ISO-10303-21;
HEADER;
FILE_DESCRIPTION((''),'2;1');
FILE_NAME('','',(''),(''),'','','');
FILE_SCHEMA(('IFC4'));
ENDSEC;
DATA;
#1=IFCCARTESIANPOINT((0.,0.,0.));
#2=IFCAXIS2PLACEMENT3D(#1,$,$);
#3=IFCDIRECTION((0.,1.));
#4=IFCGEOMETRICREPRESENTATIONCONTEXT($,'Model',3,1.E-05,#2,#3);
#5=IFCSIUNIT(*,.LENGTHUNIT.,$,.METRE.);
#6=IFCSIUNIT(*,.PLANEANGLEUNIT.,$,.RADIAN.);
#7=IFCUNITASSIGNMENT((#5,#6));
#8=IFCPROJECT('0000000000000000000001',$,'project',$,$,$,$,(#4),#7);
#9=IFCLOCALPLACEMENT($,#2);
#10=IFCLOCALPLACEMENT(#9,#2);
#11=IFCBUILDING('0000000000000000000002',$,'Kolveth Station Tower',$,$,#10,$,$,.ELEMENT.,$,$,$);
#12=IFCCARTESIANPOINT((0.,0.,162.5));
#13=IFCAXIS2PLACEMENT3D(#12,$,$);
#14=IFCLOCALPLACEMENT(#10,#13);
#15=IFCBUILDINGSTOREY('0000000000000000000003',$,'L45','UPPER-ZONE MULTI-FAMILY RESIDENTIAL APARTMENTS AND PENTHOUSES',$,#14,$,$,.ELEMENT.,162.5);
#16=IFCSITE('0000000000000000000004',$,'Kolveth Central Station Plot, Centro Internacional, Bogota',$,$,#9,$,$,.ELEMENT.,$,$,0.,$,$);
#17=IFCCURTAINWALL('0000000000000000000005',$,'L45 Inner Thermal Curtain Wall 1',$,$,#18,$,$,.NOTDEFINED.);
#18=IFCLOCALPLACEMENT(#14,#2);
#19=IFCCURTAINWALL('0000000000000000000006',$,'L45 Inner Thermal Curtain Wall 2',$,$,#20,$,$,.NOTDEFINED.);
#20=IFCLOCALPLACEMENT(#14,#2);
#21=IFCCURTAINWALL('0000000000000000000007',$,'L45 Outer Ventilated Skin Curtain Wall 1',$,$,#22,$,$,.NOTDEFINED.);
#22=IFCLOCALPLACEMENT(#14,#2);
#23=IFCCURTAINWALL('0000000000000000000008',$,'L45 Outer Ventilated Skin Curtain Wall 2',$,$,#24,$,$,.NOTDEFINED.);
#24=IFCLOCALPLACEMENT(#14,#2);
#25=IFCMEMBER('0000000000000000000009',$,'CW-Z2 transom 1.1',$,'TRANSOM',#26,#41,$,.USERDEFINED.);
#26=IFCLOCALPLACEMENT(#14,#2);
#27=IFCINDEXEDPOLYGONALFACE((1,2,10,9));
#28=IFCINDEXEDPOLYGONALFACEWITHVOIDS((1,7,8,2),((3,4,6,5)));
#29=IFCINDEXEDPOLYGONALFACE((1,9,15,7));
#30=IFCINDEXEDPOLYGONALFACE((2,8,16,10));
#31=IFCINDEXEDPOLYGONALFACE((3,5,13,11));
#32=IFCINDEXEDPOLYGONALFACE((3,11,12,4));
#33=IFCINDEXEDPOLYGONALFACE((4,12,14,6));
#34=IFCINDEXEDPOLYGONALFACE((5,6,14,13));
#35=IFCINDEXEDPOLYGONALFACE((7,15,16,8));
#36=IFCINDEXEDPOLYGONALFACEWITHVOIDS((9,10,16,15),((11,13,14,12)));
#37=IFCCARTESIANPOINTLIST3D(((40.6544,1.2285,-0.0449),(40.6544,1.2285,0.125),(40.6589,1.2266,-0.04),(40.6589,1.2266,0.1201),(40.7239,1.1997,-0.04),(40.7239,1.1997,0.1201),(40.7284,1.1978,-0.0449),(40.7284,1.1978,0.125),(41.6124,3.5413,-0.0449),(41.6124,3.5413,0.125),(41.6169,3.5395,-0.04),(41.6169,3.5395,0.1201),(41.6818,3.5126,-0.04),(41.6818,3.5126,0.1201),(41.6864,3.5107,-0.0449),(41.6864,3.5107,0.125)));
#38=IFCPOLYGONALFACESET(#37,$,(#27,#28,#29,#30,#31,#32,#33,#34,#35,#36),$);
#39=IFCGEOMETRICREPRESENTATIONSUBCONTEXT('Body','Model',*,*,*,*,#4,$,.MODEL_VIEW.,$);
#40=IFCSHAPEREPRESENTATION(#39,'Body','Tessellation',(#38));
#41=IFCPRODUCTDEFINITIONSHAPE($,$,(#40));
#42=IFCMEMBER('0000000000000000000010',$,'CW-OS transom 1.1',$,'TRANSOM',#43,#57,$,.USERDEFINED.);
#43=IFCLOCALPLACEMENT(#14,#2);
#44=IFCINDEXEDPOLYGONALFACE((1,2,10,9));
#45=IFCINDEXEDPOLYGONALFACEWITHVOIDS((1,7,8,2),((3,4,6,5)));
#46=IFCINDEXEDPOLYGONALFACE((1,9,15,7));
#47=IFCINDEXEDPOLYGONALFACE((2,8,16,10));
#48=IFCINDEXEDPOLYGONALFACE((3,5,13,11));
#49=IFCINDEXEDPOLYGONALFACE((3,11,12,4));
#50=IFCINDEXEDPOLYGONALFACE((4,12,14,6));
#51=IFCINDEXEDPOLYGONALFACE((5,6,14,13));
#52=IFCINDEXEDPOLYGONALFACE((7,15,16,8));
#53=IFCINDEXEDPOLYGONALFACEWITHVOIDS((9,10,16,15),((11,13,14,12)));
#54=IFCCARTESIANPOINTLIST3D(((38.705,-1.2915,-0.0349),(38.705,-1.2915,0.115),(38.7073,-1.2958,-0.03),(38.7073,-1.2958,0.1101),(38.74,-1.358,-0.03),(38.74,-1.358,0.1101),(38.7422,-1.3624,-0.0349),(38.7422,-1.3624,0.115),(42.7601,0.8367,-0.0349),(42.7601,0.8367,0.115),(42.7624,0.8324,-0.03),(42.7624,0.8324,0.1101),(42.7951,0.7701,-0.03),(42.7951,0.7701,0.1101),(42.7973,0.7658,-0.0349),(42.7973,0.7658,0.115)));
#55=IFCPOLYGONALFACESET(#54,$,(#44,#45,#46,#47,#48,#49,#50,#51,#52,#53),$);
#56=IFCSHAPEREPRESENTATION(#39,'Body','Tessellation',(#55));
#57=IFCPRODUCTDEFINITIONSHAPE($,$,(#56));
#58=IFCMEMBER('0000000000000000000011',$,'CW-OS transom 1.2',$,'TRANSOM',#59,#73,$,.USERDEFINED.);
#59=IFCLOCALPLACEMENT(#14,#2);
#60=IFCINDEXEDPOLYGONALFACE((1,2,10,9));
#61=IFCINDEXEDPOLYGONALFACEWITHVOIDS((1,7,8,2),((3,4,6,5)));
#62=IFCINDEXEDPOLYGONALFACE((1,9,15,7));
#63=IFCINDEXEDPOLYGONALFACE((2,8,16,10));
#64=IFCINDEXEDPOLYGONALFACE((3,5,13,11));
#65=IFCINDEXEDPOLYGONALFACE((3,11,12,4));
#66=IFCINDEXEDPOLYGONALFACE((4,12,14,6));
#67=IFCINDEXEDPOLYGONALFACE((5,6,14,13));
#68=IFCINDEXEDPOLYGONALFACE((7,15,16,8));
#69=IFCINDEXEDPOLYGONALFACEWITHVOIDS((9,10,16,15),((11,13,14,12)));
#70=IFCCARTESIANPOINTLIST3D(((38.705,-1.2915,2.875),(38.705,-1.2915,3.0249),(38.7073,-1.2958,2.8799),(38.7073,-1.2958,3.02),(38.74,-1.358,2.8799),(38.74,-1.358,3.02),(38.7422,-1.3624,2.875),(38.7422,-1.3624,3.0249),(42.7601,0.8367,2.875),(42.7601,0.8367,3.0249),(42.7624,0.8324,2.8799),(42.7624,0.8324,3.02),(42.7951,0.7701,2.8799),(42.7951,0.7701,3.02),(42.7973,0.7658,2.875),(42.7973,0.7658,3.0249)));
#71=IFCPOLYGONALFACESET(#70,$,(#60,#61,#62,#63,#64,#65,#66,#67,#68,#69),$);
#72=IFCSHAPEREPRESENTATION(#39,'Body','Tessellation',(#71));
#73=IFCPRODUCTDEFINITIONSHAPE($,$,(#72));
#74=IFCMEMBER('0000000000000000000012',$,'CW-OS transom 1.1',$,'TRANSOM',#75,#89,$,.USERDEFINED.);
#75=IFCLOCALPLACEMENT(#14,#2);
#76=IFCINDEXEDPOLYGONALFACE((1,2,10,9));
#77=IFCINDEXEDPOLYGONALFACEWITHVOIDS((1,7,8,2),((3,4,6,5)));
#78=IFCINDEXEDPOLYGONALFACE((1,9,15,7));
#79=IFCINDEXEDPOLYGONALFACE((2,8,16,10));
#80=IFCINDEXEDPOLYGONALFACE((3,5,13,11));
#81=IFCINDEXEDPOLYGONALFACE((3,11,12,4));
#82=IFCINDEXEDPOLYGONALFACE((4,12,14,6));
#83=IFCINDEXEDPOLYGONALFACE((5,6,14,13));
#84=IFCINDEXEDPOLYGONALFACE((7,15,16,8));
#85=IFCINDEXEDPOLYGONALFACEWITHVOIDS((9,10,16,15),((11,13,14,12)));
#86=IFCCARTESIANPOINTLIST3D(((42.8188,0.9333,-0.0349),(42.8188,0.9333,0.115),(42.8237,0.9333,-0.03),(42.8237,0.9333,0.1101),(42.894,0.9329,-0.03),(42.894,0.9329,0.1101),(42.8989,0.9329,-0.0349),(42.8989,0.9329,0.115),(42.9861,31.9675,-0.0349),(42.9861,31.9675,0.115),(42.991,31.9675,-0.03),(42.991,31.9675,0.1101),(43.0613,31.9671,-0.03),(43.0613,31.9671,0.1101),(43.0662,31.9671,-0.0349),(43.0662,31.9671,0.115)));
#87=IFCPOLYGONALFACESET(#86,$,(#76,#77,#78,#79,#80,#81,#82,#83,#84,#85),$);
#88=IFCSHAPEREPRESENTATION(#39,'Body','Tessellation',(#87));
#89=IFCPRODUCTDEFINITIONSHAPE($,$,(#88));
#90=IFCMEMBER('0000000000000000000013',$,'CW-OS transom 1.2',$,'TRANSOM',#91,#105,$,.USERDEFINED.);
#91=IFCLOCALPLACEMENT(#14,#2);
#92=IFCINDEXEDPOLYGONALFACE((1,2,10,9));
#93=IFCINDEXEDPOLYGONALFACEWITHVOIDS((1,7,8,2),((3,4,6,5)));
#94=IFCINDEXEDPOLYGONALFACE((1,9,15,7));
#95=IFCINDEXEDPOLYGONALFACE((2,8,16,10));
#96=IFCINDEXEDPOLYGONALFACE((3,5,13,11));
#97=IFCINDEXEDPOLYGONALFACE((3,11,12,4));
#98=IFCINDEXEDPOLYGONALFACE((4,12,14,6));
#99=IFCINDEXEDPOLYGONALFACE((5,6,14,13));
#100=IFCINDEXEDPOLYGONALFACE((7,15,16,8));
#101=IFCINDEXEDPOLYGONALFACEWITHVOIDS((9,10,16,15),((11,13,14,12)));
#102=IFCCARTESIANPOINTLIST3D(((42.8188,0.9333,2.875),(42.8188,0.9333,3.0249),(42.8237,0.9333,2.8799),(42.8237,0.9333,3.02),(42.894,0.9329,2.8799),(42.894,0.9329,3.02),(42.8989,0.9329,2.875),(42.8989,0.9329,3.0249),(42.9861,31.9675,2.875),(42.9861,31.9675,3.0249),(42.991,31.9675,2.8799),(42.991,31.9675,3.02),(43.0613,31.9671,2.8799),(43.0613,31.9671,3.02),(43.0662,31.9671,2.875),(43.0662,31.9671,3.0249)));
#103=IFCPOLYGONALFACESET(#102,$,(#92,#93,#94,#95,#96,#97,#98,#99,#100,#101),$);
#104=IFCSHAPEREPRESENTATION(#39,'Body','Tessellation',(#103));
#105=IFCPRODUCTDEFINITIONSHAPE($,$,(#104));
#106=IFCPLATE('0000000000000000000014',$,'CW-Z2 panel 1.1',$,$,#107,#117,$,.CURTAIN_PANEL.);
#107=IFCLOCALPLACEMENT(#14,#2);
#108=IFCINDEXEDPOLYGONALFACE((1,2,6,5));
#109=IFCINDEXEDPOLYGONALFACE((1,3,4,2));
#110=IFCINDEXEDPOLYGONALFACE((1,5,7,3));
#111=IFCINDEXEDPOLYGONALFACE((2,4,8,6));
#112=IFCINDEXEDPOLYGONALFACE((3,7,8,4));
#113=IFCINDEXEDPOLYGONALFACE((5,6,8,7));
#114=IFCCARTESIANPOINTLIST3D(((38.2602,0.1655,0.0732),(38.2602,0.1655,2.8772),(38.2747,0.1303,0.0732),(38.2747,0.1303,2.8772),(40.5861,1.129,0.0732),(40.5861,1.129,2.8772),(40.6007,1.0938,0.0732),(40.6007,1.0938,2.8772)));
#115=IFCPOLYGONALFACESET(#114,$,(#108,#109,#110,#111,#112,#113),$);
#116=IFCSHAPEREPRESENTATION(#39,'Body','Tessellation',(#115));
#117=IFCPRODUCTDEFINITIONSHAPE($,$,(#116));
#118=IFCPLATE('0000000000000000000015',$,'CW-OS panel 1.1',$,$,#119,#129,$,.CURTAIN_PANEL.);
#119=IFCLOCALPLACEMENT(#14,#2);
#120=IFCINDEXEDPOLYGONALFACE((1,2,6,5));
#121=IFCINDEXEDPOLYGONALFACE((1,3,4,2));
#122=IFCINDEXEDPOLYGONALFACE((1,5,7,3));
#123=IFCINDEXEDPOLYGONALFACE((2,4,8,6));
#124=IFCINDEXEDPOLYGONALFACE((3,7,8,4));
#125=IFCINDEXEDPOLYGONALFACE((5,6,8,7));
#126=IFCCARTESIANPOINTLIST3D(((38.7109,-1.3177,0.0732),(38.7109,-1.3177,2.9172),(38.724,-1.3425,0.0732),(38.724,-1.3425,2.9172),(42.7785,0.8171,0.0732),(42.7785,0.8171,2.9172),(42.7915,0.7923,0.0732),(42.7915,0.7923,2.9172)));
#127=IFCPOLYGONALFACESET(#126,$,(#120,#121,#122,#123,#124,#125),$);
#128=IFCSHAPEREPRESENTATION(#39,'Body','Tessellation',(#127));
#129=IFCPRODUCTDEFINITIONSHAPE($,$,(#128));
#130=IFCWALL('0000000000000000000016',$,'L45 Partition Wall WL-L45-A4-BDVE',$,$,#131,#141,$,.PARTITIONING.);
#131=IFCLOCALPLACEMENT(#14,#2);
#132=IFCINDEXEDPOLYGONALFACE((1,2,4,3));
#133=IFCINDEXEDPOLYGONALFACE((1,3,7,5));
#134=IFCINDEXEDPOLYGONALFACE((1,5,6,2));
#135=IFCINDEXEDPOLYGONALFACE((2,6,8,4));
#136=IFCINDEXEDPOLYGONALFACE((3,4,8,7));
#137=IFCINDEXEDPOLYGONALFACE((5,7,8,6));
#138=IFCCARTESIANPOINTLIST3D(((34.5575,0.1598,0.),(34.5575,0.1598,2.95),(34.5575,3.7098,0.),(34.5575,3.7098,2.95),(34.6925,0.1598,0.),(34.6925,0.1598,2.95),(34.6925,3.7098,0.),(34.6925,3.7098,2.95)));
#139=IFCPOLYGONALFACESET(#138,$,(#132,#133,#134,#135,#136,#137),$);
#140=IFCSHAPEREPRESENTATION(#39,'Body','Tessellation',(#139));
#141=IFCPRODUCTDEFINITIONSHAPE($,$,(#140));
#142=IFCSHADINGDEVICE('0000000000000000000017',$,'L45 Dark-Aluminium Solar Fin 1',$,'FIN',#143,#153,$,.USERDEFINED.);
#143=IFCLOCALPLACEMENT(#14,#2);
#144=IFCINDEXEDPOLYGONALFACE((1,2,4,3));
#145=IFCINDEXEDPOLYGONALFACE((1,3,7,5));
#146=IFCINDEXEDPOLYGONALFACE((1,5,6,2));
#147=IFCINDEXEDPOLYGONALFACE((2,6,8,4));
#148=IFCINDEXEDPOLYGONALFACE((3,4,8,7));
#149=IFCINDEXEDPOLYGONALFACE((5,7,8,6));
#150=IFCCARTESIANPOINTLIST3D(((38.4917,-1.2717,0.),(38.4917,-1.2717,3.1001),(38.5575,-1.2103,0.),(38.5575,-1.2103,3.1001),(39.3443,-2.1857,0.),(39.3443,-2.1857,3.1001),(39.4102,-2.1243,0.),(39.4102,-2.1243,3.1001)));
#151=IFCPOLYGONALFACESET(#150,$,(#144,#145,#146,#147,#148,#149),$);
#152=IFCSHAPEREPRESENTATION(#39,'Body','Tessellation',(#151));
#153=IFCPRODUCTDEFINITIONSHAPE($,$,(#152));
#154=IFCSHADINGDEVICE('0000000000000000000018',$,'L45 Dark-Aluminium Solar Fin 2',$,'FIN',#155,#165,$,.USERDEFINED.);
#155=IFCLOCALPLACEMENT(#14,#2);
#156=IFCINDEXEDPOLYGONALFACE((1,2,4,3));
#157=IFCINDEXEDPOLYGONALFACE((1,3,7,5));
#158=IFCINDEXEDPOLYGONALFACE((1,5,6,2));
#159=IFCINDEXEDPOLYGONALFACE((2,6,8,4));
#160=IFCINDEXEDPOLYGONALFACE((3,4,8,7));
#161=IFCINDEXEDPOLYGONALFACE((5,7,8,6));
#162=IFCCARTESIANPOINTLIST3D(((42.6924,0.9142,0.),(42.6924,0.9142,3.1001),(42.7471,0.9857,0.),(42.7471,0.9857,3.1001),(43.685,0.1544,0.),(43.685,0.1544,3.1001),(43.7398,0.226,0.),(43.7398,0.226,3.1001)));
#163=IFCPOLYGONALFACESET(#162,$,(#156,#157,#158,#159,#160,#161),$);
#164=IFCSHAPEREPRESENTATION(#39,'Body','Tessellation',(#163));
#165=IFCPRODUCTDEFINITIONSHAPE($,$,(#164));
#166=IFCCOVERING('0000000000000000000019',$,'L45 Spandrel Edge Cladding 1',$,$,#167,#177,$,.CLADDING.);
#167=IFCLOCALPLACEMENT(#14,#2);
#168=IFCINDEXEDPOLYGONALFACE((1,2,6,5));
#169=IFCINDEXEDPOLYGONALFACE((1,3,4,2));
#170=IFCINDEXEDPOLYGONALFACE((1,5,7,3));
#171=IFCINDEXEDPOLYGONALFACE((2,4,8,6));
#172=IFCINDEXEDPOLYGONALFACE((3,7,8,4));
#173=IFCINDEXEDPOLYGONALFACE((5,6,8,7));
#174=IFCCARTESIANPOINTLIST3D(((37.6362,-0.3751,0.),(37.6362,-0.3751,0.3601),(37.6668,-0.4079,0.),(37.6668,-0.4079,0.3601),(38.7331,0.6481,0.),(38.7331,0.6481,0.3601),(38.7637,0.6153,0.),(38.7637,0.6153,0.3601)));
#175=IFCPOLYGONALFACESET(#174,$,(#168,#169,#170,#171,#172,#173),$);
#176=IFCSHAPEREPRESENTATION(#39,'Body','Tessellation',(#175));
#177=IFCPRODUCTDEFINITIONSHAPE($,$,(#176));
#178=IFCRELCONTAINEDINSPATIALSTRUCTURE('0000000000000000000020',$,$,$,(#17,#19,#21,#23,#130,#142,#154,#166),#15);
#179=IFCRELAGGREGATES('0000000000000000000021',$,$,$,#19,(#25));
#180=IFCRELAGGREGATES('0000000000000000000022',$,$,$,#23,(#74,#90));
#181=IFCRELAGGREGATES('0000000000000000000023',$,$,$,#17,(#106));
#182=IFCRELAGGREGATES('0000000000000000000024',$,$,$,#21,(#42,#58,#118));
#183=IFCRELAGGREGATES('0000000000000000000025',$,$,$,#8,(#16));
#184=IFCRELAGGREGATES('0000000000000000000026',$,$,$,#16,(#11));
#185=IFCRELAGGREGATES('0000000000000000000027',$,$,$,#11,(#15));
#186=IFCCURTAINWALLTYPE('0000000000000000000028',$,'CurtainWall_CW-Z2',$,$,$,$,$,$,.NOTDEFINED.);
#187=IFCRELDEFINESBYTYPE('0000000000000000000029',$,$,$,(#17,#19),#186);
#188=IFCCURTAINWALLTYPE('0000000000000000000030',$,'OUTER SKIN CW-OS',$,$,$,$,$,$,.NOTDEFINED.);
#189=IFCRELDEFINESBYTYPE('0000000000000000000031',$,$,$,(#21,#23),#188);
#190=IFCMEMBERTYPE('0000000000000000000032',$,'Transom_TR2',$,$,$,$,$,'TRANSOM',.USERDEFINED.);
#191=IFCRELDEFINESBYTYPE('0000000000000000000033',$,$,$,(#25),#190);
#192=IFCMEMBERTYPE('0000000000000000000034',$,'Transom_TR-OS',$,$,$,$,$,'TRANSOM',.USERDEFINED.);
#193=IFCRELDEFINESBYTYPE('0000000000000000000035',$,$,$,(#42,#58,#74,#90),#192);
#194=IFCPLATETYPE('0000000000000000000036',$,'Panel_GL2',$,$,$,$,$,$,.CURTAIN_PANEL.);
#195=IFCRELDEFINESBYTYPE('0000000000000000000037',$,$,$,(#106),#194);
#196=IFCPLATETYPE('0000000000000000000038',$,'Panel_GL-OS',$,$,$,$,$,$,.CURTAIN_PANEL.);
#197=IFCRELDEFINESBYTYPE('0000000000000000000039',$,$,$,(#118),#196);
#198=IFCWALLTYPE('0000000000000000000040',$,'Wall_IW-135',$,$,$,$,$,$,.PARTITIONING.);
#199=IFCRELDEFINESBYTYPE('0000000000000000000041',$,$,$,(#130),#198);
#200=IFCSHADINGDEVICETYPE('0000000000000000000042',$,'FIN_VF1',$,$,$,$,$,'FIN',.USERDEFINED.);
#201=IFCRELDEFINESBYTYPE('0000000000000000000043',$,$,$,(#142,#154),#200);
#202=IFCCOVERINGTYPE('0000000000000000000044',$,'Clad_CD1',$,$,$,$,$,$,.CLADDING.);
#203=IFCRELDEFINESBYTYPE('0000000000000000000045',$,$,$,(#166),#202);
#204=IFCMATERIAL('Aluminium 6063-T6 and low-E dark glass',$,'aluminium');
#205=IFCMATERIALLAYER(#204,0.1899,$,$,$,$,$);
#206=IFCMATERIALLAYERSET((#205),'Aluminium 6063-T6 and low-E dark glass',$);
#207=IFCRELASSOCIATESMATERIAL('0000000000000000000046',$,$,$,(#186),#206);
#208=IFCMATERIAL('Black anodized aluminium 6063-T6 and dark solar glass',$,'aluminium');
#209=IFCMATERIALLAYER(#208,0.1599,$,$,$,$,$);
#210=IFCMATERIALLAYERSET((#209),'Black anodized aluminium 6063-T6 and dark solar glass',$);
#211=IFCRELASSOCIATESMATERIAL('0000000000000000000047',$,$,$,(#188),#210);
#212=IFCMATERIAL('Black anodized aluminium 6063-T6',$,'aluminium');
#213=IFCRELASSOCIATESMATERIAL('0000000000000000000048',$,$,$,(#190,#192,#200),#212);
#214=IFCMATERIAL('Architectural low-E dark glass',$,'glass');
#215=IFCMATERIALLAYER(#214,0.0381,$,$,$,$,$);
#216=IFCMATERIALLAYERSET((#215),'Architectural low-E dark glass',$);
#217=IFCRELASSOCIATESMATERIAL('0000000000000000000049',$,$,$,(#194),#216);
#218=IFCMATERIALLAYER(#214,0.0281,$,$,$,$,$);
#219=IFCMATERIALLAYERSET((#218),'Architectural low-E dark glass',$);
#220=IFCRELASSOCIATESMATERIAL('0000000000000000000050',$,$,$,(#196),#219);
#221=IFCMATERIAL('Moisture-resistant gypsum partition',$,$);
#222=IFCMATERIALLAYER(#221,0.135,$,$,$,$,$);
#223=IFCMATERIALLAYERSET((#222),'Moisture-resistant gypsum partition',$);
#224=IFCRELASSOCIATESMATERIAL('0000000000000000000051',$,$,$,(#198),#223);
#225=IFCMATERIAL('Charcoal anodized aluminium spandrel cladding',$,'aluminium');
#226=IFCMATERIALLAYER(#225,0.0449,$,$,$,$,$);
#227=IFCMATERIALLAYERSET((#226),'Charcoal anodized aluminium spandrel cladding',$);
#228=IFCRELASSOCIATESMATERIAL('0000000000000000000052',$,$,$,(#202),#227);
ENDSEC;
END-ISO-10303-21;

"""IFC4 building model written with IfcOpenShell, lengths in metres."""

from ifc_helpers import new_model, si_unit, direction, frame, frame_2d, origin, origin_2d, place, context, subcontext, project, spatial, rectangle, hollow_rectangle, extrude, source, transform, mapped, material, layer, layer_set, material_profile, profile_set, type_object, element, aggregate, save


model = new_model("IFC4")

# Units and contexts
model_context = context("Model", 3, precision=1e-05, world=origin(), true_north=direction((0.0, 1.0)))
body_context = subcontext(model_context, "Body", "Model", "MODEL_VIEW")
ifc_project = project(units=[si_unit("LENGTHUNIT", "METRE"), si_unit("PLANEANGLEUNIT", "RADIAN")], contexts=[model_context])

# Site, building, storey
site_placement = place(None, origin())
site = spatial("IfcSite", under=ifc_project, at=site_placement, Name="Kolveth Central Station Plot, Centro Internacional, Bogota", CompositionType="ELEMENT", RefElevation=0.0)
building_placement = place(site_placement, origin())
building = spatial("IfcBuilding", under=site, at=building_placement, Name="Kolveth Station Tower", CompositionType="ELEMENT")
storey_placement = place(building_placement, frame((0.0, 0.0, 162.5)))
storey = spatial("IfcBuildingStorey", under=building, at=storey_placement, Name="L45", Description="UPPER-ZONE MULTI-FAMILY RESIDENTIAL APARTMENTS AND PENTHOUSES", CompositionType="ELEMENT", Elevation=162.5)

# Curtain wall
ifc_material_1 = material(Name="Aluminium 6063-T6 and low-E dark glass", Category="aluminium")
ifc_layer_1 = layer(ifc_material_1, 0.1899)
ifc_layer_set_1 = layer_set([ifc_layer_1], Name="Aluminium 6063-T6 and low-E dark glass")
curtain_wall_type_1 = type_object("IfcCurtainWallType", Name="CurtainWall_CW-Z2", PredefinedType="NOTDEFINED", material=ifc_layer_set_1)
curtain_wall_1_placement = place(storey_placement, origin())
curtain_wall_1 = element("IfcCurtainWall", 1, at=curtain_wall_1_placement, inside=storey, type_object=curtain_wall_type_1, Name="L45 Inner Thermal Curtain Wall 1", PredefinedType="NOTDEFINED")
ifc_material_2 = material(Name="Black anodized aluminium 6063-T6", Category="aluminium")

# Curtain wall
curtain_wall_2_placement = place(storey_placement, origin())
curtain_wall_2 = element("IfcCurtainWall", 2, at=curtain_wall_2_placement, inside=storey, type_object=curtain_wall_type_1, Name="L45 Inner Thermal Curtain Wall 2", PredefinedType="NOTDEFINED")

# Curtain wall
ifc_material_3 = material(Name="Black anodized aluminium 6063-T6 and dark solar glass", Category="aluminium")
ifc_layer_2 = layer(ifc_material_3, 0.1599)
ifc_layer_set_2 = layer_set([ifc_layer_2], Name="Black anodized aluminium 6063-T6 and dark solar glass")
curtain_wall_type_2 = type_object("IfcCurtainWallType", Name="OUTER SKIN CW-OS", PredefinedType="NOTDEFINED", material=ifc_layer_set_2)
curtain_wall_3_placement = place(storey_placement, origin())
curtain_wall_3 = element("IfcCurtainWall", 3, at=curtain_wall_3_placement, inside=storey, type_object=curtain_wall_type_2, Name="L45 Outer Ventilated Skin Curtain Wall 1", PredefinedType="NOTDEFINED")

# Curtain wall
curtain_wall_4_placement = place(storey_placement, origin())
curtain_wall_4 = element("IfcCurtainWall", 4, at=curtain_wall_4_placement, inside=storey, type_object=curtain_wall_type_2, Name="L45 Outer Ventilated Skin Curtain Wall 2", PredefinedType="NOTDEFINED")

# Members
ifc_material_profile_1 = material_profile(ifc_material_2, hollow_rectangle(XDim=0.0801, YDim=0.1699, WallThickness=0.0049, at=origin_2d()), Name="ALU-80x170x5")
ifc_profile_set_1 = profile_set([ifc_material_profile_1], Name="Black anodized aluminium 6063-T6")
member_type_1 = type_object("IfcMemberType", Name="Transom_TR2", ElementType="TRANSOM", PredefinedType="USERDEFINED", material=ifc_profile_set_1)
shared_shape_1 = source(origin(), body_context, "Body", "SweptSolid", [
    extrude(hollow_rectangle(XDim=0.0801, YDim=0.1699, WallThickness=0.0049, at=origin_2d()), origin(), (0.0, 0.0, 1.0), 2.5034),
])
member_1_placement = place(storey_placement, frame((40.6914, 1.2131, 0.04), z_axis=(0.382662, 0.923888, 0.0), x_axis=(-0.923888, 0.382662, 0.0)))
member_1 = element("IfcMember", 5, at=member_1_placement, type_object=member_type_1, Name="CW-Z2 transom 1.1", ObjectType="TRANSOM", PredefinedType="USERDEFINED", context=body_context, shape_type="MappedRepresentation", body=[
    mapped(shared_shape_1, transform((0.0, 0.0, 0.0), x_axis=(1.0, 0.0, 0.0), y_axis=(0.0, 1.0, 0.0), z_axis=(0.0, 0.0, 1.0), scale=1.0)),
])
aggregate(curtain_wall_2, [member_1])
ifc_material_profile_2 = material_profile(ifc_material_2, hollow_rectangle(XDim=0.0801, YDim=0.1499, WallThickness=0.0049, at=origin_2d()), Name="ALU-80x150x5")
ifc_profile_set_2 = profile_set([ifc_material_profile_2], Name="Black anodized aluminium 6063-T6")
member_type_2 = type_object("IfcMemberType", Name="Transom_TR-OS", ElementType="TRANSOM", PredefinedType="USERDEFINED", material=ifc_profile_set_2)
shared_shape_2 = source(origin(), body_context, "Body", "SweptSolid", [
    extrude(hollow_rectangle(XDim=0.0801, YDim=0.1499, WallThickness=0.0049, at=origin_2d()), origin(), (0.0, 0.0, 1.0), 4.5796),
])
member_2_placement = place(storey_placement, frame((38.7236, -1.3269, 0.04), z_axis=(0.885469, 0.464698, 0.0), x_axis=(-0.464698, 0.885469, 0.0)))
member_2 = element("IfcMember", 6, at=member_2_placement, type_object=member_type_2, Name="CW-OS transom 1.1", ObjectType="TRANSOM", PredefinedType="USERDEFINED", context=body_context, shape_type="MappedRepresentation", body=[
    mapped(shared_shape_2, transform((0.0, 0.0, 0.0), x_axis=(1.0, 0.0, 0.0), y_axis=(0.0, 1.0, 0.0), z_axis=(0.0, 0.0, 1.0), scale=1.0)),
])
member_3_placement = place(storey_placement, frame((38.7236, -1.3269, 2.95), z_axis=(0.885469, 0.464698, 0.0), x_axis=(-0.464698, 0.885469, 0.0)))
member_3 = element("IfcMember", 7, at=member_3_placement, type_object=member_type_2, Name="CW-OS transom 1.2", ObjectType="TRANSOM", PredefinedType="USERDEFINED", context=body_context, shape_type="MappedRepresentation", body=[
    mapped(shared_shape_2, transform((0.0, 0.0, 0.0), x_axis=(1.0, 0.0, 0.0), y_axis=(0.0, 1.0, 0.0), z_axis=(0.0, 0.0, 1.0), scale=1.0)),
])
shared_shape_3 = source(origin(), body_context, "Body", "SweptSolid", [
    extrude(hollow_rectangle(XDim=0.0801, YDim=0.1499, WallThickness=0.0049, at=origin_2d()), origin(), (0.0, 0.0, 1.0), 31.0347),
])
member_4_placement = place(storey_placement, frame((42.8589, 0.9331, 0.04), z_axis=(0.005389, 0.999985, 0.0), x_axis=(-0.999985, 0.005389, 0.0)))
member_4 = element("IfcMember", 8, at=member_4_placement, type_object=member_type_2, Name="CW-OS transom 1.1", ObjectType="TRANSOM", PredefinedType="USERDEFINED", context=body_context, shape_type="MappedRepresentation", body=[
    mapped(shared_shape_3, transform((0.0, 0.0, 0.0), x_axis=(1.0, 0.0, 0.0), y_axis=(0.0, 1.0, 0.0), z_axis=(0.0, 0.0, 1.0), scale=1.0)),
])
member_5_placement = place(storey_placement, frame((42.8589, 0.9331, 2.95), z_axis=(0.005389, 0.999985, 0.0), x_axis=(-0.999985, 0.005389, 0.0)))
member_5 = element("IfcMember", 9, at=member_5_placement, type_object=member_type_2, Name="CW-OS transom 1.2", ObjectType="TRANSOM", PredefinedType="USERDEFINED", context=body_context, shape_type="MappedRepresentation", body=[
    mapped(shared_shape_3, transform((0.0, 0.0, 0.0), x_axis=(1.0, 0.0, 0.0), y_axis=(0.0, 1.0, 0.0), z_axis=(0.0, 0.0, 1.0), scale=1.0)),
])
aggregate(curtain_wall_4, [member_4, member_5])

# Plates
ifc_material_4 = material(Name="Architectural low-E dark glass", Category="glass")
ifc_layer_3 = layer(ifc_material_4, 0.0381)
ifc_layer_set_3 = layer_set([ifc_layer_3], Name="Architectural low-E dark glass")
plate_type_1 = type_object("IfcPlateType", Name="Panel_GL2", PredefinedType="CURTAIN_PANEL", material=ifc_layer_set_3)
shared_shape_4 = source(origin(), body_context, "Body", "SweptSolid", [
    extrude(rectangle(XDim=2.5176, YDim=0.0381, at=origin_2d()), origin(), (0.0, 0.0, 1.0), 2.804),
])
plate_1_placement = place(storey_placement, frame((39.4304, 0.6296, 0.0732), z_axis=(0.0, 0.0, 1.0), x_axis=(0.923874, 0.382698, 0.0)))
plate_1 = element("IfcPlate", 10, at=plate_1_placement, type_object=plate_type_1, Name="CW-Z2 panel 1.1", PredefinedType="CURTAIN_PANEL", context=body_context, shape_type="MappedRepresentation", body=[
    mapped(shared_shape_4, transform((0.0, 0.0, 0.0), x_axis=(1.0, 0.0, 0.0), y_axis=(0.0, 1.0, 0.0), z_axis=(0.0, 0.0, 1.0), scale=1.0)),
])
aggregate(curtain_wall_1, [plate_1])
ifc_layer_4 = layer(ifc_material_4, 0.0281)
ifc_layer_set_4 = layer_set([ifc_layer_4], Name="Architectural low-E dark glass")
plate_type_2 = type_object("IfcPlateType", Name="Panel_GL-OS", PredefinedType="CURTAIN_PANEL", material=ifc_layer_set_4)
shared_shape_5 = source(origin(), body_context, "Body", "SweptSolid", [
    extrude(rectangle(XDim=4.5938, YDim=0.0281, at=origin_2d()), origin(), (0.0, 0.0, 1.0), 2.844),
])
plate_2_placement = place(storey_placement, frame((40.7512, -0.2627, 0.0732), z_axis=(0.0, 0.0, 1.0), x_axis=(0.885455, 0.464724, 0.0)))
plate_2 = element("IfcPlate", 11, at=plate_2_placement, type_object=plate_type_2, Name="CW-OS panel 1.1", PredefinedType="CURTAIN_PANEL", context=body_context, shape_type="MappedRepresentation", body=[
    mapped(shared_shape_5, transform((0.0, 0.0, 0.0), x_axis=(1.0, 0.0, 0.0), y_axis=(0.0, 1.0, 0.0), z_axis=(0.0, 0.0, 1.0), scale=1.0)),
])
aggregate(curtain_wall_3, [member_2, member_3, plate_2])

# Wall
ifc_material_5 = material(Name="Moisture-resistant gypsum partition")
ifc_layer_5 = layer(ifc_material_5, 0.135)
ifc_layer_set_5 = layer_set([ifc_layer_5], Name="Moisture-resistant gypsum partition")
wall_type = type_object("IfcWallType", Name="Wall_IW-135", PredefinedType="PARTITIONING", material=ifc_layer_set_5)
wall_placement = place(storey_placement, frame((34.625, 0.1599, 0.0), z_axis=(0.0, 0.0, 1.0), x_axis=(0.0, 1.0, 0.0)))
element("IfcWall", 12, at=wall_placement, inside=storey, type_object=wall_type, Name="L45 Partition Wall WL-L45-A4-BDVE", PredefinedType="PARTITIONING", context=body_context, shape_type="SweptSolid", body=[
    extrude(rectangle(XDim=3.55, YDim=0.135, at=frame_2d((1.7749, 0.0))), origin(), (0.0, 0.0, 1.0), 2.95),
])

# Shading devices
shading_device_type = type_object("IfcShadingDeviceType", Name="FIN_VF1", ElementType="FIN", PredefinedType="USERDEFINED", material=ifc_material_2)
shared_shape_6 = source(origin(), body_context, "Body", "SweptSolid", [
    extrude(rectangle(XDim=1.25, YDim=0.0901, at=origin_2d()), origin(), (0.0, 0.0, 1.0), 3.1001),
])
for number, where, z_axis, x_axis, name in (
    (13, (38.9509, -1.698, 0.0), (0.0, 0.0, 1.0), (0.682126, -0.731235, 0.0), "L45 Dark-Aluminium Solar Fin 1"),
    (14, (43.2161, 0.5701, 0.0), (0.0, 0.0, 1.0), (0.794096, -0.607792, 0.0), "L45 Dark-Aluminium Solar Fin 2"),
):
    element("IfcShadingDevice", number, at=place(storey_placement, frame(where, z_axis=z_axis, x_axis=x_axis)), inside=storey, type_object=shading_device_type, Name=name, ObjectType="FIN", PredefinedType="USERDEFINED", context=body_context, shape_type="MappedRepresentation", body=[
        mapped(shared_shape_6, transform((0.0, 0.0, 0.0), x_axis=(1.0, 0.0, 0.0), y_axis=(0.0, 1.0, 0.0), z_axis=(0.0, 0.0, 1.0), scale=1.0)),
    ])

# Covering
ifc_material_6 = material(Name="Charcoal anodized aluminium spandrel cladding", Category="aluminium")
ifc_layer_6 = layer(ifc_material_6, 0.0449)
ifc_layer_set_6 = layer_set([ifc_layer_6], Name="Charcoal anodized aluminium spandrel cladding")
covering_type = type_object("IfcCoveringType", Name="Clad_CD1", PredefinedType="CLADDING", material=ifc_layer_set_6)
shared_shape_7 = source(origin(), body_context, "Body", "SweptSolid", [
    extrude(rectangle(XDim=1.5, YDim=0.0449, at=origin_2d()), origin(), (0.0, 0.0, 1.0), 0.3601),
])
covering_placement = place(storey_placement, frame((38.2, 0.1201, 0.0), z_axis=(0.0, 0.0, 1.0), x_axis=(0.731235, 0.682126, 0.0)))
element("IfcCovering", 15, at=covering_placement, inside=storey, type_object=covering_type, Name="L45 Spandrel Edge Cladding 1", PredefinedType="CLADDING", context=body_context, shape_type="MappedRepresentation", body=[
    mapped(shared_shape_7, transform((0.0, 0.0, 0.0), x_axis=(1.0, 0.0, 0.0), y_axis=(0.0, 1.0, 0.0), z_axis=(0.0, 0.0, 1.0), scale=1.0)),
])

save(model, "model.ifc")
